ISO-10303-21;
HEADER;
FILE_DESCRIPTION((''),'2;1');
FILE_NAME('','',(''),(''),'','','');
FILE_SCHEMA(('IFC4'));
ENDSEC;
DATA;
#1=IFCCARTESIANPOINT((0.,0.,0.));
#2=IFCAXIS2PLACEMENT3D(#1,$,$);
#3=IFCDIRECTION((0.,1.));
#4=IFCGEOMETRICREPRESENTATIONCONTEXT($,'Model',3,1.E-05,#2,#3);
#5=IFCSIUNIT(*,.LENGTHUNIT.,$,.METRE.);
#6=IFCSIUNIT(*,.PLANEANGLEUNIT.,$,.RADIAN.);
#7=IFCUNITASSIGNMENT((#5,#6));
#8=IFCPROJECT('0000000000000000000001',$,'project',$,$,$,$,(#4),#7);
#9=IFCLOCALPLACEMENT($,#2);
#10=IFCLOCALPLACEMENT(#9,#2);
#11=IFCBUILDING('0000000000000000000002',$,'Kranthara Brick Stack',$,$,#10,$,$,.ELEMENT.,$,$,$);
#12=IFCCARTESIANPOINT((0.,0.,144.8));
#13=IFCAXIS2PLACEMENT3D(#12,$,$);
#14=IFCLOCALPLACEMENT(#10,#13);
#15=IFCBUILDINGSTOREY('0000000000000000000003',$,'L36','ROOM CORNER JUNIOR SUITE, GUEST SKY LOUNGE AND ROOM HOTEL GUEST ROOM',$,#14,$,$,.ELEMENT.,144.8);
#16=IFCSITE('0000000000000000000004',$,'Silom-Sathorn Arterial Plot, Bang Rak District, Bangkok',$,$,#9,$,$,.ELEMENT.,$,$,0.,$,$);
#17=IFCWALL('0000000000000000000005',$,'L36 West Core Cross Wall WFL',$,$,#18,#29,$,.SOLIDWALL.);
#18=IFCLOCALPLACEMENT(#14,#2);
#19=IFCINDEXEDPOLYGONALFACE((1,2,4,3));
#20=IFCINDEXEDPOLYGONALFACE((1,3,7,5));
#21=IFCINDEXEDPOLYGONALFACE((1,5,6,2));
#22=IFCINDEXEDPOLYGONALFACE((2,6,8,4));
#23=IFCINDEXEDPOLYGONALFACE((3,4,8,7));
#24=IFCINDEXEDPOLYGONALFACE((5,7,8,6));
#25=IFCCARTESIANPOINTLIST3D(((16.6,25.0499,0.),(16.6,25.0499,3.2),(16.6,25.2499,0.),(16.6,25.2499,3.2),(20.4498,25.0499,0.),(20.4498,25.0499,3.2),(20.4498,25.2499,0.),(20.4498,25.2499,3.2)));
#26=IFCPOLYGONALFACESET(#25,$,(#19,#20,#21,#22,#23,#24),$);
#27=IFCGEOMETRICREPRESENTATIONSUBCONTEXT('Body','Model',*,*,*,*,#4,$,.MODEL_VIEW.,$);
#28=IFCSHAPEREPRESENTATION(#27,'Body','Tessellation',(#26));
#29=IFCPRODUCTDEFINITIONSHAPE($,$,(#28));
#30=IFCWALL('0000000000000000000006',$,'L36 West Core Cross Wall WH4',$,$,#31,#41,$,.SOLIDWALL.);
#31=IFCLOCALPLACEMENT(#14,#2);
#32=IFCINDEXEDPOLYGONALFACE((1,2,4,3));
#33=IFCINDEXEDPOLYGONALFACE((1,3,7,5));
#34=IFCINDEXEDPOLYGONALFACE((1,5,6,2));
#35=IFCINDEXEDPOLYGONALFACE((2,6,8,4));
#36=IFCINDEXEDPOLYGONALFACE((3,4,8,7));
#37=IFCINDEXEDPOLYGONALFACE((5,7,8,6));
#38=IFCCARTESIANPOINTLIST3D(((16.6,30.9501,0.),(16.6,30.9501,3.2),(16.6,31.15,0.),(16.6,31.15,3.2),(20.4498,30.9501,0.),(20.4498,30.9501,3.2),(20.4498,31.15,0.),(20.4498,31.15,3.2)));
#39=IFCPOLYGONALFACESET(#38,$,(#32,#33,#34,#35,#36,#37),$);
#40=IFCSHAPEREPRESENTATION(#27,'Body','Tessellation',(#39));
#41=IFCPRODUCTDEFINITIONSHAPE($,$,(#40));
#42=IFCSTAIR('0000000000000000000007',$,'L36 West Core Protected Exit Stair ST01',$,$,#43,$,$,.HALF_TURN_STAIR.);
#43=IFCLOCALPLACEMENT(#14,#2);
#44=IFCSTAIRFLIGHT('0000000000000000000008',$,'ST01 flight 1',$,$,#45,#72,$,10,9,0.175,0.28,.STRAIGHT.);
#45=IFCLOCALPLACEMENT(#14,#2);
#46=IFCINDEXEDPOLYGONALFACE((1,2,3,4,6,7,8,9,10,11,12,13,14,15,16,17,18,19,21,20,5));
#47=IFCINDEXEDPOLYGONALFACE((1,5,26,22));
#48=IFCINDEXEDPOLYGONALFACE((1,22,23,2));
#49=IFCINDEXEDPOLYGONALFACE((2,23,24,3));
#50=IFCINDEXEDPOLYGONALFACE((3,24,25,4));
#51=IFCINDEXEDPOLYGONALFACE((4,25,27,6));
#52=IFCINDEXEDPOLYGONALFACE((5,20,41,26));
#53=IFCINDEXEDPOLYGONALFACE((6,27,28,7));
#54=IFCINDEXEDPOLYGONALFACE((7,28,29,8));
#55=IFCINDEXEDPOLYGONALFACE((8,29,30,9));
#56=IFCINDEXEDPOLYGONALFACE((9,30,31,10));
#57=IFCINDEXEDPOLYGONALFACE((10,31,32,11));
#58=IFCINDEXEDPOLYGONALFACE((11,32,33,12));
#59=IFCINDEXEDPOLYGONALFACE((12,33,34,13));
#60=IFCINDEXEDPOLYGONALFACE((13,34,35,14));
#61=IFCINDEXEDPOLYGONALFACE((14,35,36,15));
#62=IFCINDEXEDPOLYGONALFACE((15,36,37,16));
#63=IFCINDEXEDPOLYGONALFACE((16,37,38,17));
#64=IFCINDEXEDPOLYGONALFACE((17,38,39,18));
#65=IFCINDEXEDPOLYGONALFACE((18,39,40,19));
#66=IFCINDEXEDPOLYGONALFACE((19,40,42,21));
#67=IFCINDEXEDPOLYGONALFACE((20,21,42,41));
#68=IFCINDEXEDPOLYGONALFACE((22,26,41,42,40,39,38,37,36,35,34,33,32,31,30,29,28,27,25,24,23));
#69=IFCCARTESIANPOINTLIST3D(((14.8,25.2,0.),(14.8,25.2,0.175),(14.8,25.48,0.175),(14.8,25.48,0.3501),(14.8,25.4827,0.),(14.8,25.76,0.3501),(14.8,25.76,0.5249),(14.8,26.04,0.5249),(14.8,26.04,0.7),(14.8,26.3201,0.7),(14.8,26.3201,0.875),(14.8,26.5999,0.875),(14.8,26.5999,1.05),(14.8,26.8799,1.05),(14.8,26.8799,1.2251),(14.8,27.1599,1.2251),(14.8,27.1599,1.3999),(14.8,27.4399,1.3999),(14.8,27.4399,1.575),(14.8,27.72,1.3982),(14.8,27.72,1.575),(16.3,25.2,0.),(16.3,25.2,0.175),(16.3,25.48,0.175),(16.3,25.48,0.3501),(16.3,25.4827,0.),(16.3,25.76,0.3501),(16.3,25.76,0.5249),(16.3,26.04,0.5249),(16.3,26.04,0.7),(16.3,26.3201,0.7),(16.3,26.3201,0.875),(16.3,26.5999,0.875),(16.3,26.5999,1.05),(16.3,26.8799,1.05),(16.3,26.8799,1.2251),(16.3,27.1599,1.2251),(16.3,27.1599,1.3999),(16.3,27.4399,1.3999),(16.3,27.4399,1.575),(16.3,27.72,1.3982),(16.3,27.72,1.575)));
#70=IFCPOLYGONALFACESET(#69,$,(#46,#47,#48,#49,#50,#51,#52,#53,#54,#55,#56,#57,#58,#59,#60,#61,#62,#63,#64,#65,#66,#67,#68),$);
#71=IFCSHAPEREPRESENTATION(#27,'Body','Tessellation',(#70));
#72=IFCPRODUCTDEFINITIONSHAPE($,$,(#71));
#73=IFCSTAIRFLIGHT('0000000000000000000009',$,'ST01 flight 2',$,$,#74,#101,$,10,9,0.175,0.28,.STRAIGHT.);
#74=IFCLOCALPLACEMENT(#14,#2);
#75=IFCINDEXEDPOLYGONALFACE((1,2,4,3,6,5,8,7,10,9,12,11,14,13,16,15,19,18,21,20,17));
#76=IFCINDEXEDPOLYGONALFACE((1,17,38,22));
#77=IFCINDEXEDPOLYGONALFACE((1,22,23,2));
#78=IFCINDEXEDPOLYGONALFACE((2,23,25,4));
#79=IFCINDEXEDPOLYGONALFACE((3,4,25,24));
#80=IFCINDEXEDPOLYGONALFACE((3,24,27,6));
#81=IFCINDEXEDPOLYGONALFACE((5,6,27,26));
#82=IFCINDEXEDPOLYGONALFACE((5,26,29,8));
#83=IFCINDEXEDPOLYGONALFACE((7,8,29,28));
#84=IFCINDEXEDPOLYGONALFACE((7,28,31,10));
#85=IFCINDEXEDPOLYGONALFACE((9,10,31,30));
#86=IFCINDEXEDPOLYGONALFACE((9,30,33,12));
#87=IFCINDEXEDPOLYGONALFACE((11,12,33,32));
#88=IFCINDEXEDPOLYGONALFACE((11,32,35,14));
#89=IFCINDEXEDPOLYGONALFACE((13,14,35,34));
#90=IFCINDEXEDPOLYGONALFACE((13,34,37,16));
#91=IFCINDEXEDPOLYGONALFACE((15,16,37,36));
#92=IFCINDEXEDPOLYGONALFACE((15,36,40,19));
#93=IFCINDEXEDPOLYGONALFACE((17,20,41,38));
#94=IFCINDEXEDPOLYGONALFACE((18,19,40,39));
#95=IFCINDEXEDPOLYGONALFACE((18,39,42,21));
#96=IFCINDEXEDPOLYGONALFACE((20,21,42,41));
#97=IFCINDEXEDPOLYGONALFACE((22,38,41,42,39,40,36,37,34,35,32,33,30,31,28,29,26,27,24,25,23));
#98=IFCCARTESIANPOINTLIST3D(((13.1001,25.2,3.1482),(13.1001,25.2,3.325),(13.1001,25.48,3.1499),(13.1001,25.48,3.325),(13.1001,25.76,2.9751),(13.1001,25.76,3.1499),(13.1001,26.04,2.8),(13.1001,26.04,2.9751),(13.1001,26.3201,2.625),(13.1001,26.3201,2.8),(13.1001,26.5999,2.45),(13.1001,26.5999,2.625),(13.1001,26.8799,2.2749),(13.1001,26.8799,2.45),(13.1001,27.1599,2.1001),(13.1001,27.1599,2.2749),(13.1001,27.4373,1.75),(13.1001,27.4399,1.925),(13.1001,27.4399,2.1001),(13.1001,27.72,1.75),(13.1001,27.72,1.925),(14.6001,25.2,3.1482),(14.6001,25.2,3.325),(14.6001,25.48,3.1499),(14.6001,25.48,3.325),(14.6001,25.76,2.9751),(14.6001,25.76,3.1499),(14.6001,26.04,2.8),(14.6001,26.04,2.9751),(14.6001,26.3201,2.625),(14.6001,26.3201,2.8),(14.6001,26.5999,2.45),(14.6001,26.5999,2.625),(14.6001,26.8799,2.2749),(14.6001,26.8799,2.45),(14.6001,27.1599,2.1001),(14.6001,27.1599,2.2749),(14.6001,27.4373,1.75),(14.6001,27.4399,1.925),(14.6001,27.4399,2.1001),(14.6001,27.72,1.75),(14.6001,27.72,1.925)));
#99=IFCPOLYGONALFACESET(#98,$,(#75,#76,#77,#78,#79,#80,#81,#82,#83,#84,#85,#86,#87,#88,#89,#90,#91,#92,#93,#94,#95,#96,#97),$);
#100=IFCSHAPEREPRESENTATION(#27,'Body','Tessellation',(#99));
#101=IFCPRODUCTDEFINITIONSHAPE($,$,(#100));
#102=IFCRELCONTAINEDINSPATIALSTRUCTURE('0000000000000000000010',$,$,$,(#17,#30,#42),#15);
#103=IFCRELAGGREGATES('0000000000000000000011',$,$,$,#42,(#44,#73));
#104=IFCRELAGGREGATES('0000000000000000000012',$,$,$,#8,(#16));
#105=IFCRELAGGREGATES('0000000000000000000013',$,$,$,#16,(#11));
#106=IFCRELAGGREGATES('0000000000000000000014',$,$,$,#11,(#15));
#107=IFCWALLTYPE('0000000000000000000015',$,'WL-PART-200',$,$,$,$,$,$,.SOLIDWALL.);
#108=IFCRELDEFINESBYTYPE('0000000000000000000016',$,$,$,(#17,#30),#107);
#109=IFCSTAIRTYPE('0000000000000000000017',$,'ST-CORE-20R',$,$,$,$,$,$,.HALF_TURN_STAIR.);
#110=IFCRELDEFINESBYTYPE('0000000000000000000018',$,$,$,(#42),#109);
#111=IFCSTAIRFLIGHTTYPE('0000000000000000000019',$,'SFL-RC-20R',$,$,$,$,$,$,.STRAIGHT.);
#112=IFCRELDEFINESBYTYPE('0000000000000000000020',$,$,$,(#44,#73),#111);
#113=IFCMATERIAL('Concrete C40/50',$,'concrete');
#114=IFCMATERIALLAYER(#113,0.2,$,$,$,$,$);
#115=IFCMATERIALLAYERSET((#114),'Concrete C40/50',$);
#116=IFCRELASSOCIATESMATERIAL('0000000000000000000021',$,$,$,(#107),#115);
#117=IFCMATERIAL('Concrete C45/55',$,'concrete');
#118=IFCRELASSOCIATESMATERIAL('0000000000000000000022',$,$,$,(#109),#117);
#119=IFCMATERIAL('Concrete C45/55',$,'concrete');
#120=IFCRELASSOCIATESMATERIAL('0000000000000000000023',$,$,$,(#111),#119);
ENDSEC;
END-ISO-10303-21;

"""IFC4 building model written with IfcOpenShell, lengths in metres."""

from ifc_helpers import new_model, si_unit, direction, frame, frame_2d, origin, place, context, subcontext, project, spatial, polyline, rectangle, outline, extrude, material, layer, layer_set, type_object, element, aggregate, save


model = new_model("IFC4")

# Units and contexts
model_context = context("Model", 3, precision=1e-05, world=origin(), true_north=direction((0.0, 1.0)))
body_context = subcontext(model_context, "Body", "Model", "MODEL_VIEW")
ifc_project = project(units=[si_unit("LENGTHUNIT", "METRE"), si_unit("PLANEANGLEUNIT", "RADIAN")], contexts=[model_context])

# Site, building, storey
site_placement = place(None, origin())
site = spatial("IfcSite", under=ifc_project, at=site_placement, Name="Silom-Sathorn Arterial Plot, Bang Rak District, Bangkok", CompositionType="ELEMENT", RefElevation=0.0)
building_placement = place(site_placement, origin())
building = spatial("IfcBuilding", under=site, at=building_placement, Name="Kranthara Brick Stack", CompositionType="ELEMENT")
storey_placement = place(building_placement, frame((0.0, 0.0, 144.8)))
storey = spatial("IfcBuildingStorey", under=building, at=storey_placement, Name="L36", Description="ROOM CORNER JUNIOR SUITE, GUEST SKY LOUNGE AND ROOM HOTEL GUEST ROOM", CompositionType="ELEMENT", Elevation=144.8)

# Walls
ifc_material_1 = material(Name="Concrete C40/50", Category="concrete")
ifc_layer_1 = layer(ifc_material_1, 0.2)
ifc_layer_set_1 = layer_set([ifc_layer_1], Name="Concrete C40/50")
wall_type_1 = type_object("IfcWallType", Name="WL-PART-200", PredefinedType="SOLIDWALL", material=ifc_layer_set_1)
for number, where, z_axis, x_axis, name in (
    (1, (16.6001, 25.1499, 0.0), (0.0, 0.0, 1.0), (1.0, 0.0, 0.0), "L36 West Core Cross Wall WFL"),
    (2, (16.6001, 31.05, 0.0), (0.0, 0.0, 1.0), (1.0, 0.0, 0.0), "L36 West Core Cross Wall WH4"),
):
    element("IfcWall", number, at=place(storey_placement, frame(where, z_axis=z_axis, x_axis=x_axis)), inside=storey, type_object=wall_type_1, Name=name, PredefinedType="SOLIDWALL", context=body_context, shape_type="SweptSolid", body=[
        extrude(rectangle(XDim=3.8499, YDim=0.2, at=frame_2d((1.9248, 0.0))), origin(), (0.0, 0.0, 1.0), 3.2),
    ])

# Stair, stair flights
ifc_material_2 = material(Name="Concrete C45/55", Category="concrete")
stair_type = type_object("IfcStairType", Name="ST-CORE-20R", PredefinedType="HALF_TURN_STAIR", material=ifc_material_2)
stair_placement = place(storey_placement, origin())
stair = element("IfcStair", 3, at=stair_placement, inside=storey, type_object=stair_type, Name="L36 West Core Protected Exit Stair ST01", PredefinedType="HALF_TURN_STAIR")
ifc_material_3 = material(Name="Concrete C45/55", Category="concrete")
stair_flight_type = type_object("IfcStairFlightType", Name="SFL-RC-20R", PredefinedType="STRAIGHT", material=ifc_material_3)
stair_flight_1_placement = place(storey_placement, frame((15.55, 25.2, 0.0), z_axis=(0.0, 0.0, 1.0), x_axis=(0.0, 1.0, 0.0)))
stair_flight_1 = element("IfcStairFlight", 4, at=stair_flight_1_placement, type_object=stair_flight_type, Name="ST01 flight 1", NumberOfRisers=10, NumberOfTreads=9, PredefinedType="STRAIGHT", RiserHeight=0.175, TreadLength=0.28, context=body_context, shape_type="SweptSolid", body=[
    extrude(outline(polyline([(0.0, 0.0), (0.0, 0.175), (0.28, 0.175), (0.28, 0.3501), (0.5601, 0.3501), (0.5601, 0.5249), (0.8401, 0.5249), (0.8401, 0.7), (1.1201, 0.7), (1.1201, 0.875), (1.3999, 0.875), (1.3999, 1.05), (1.6799, 1.05), (1.6799, 1.2251), (1.96, 1.2251), (1.96, 1.3999), (2.24, 1.3999), (2.24, 1.575), (2.52, 1.575), (2.52, 1.75), (2.52, 1.3982), (0.2827, 0.0), (0.0, 0.0)])), frame((0.0, 0.75, 0.0), z_axis=(0.0, -1.0, 0.0), x_axis=(1.0, 0.0, 0.0)), (0.0, 0.0, 1.0), 1.5),
])
stair_flight_2_placement = place(storey_placement, frame((13.8501, 27.72, 1.75), z_axis=(0.0, 0.0, 1.0), x_axis=(0.0, -1.0, 0.0)))
stair_flight_2 = element("IfcStairFlight", 5, at=stair_flight_2_placement, type_object=stair_flight_type, Name="ST01 flight 2", NumberOfRisers=10, NumberOfTreads=9, PredefinedType="STRAIGHT", RiserHeight=0.175, TreadLength=0.28, context=body_context, shape_type="SweptSolid", body=[
    extrude(outline(polyline([(0.0, 0.0), (0.0, 0.175), (0.28, 0.175), (0.28, 0.3501), (0.5601, 0.3501), (0.5601, 0.5249), (0.8401, 0.5249), (0.8401, 0.7), (1.1201, 0.7), (1.1201, 0.875), (1.3999, 0.875), (1.3999, 1.05), (1.6799, 1.05), (1.6799, 1.2251), (1.96, 1.2251), (1.96, 1.3999), (2.24, 1.3999), (2.24, 1.575), (2.52, 1.575), (2.52, 1.75), (2.52, 1.3982), (0.2827, 0.0), (0.0, 0.0)])), frame((0.0, 0.75, 0.0), z_axis=(0.0, -1.0, 0.0), x_axis=(1.0, 0.0, 0.0)), (0.0, 0.0, 1.0), 1.5),
])
aggregate(stair, [stair_flight_1, stair_flight_2])

save(model, "model.ifc")
